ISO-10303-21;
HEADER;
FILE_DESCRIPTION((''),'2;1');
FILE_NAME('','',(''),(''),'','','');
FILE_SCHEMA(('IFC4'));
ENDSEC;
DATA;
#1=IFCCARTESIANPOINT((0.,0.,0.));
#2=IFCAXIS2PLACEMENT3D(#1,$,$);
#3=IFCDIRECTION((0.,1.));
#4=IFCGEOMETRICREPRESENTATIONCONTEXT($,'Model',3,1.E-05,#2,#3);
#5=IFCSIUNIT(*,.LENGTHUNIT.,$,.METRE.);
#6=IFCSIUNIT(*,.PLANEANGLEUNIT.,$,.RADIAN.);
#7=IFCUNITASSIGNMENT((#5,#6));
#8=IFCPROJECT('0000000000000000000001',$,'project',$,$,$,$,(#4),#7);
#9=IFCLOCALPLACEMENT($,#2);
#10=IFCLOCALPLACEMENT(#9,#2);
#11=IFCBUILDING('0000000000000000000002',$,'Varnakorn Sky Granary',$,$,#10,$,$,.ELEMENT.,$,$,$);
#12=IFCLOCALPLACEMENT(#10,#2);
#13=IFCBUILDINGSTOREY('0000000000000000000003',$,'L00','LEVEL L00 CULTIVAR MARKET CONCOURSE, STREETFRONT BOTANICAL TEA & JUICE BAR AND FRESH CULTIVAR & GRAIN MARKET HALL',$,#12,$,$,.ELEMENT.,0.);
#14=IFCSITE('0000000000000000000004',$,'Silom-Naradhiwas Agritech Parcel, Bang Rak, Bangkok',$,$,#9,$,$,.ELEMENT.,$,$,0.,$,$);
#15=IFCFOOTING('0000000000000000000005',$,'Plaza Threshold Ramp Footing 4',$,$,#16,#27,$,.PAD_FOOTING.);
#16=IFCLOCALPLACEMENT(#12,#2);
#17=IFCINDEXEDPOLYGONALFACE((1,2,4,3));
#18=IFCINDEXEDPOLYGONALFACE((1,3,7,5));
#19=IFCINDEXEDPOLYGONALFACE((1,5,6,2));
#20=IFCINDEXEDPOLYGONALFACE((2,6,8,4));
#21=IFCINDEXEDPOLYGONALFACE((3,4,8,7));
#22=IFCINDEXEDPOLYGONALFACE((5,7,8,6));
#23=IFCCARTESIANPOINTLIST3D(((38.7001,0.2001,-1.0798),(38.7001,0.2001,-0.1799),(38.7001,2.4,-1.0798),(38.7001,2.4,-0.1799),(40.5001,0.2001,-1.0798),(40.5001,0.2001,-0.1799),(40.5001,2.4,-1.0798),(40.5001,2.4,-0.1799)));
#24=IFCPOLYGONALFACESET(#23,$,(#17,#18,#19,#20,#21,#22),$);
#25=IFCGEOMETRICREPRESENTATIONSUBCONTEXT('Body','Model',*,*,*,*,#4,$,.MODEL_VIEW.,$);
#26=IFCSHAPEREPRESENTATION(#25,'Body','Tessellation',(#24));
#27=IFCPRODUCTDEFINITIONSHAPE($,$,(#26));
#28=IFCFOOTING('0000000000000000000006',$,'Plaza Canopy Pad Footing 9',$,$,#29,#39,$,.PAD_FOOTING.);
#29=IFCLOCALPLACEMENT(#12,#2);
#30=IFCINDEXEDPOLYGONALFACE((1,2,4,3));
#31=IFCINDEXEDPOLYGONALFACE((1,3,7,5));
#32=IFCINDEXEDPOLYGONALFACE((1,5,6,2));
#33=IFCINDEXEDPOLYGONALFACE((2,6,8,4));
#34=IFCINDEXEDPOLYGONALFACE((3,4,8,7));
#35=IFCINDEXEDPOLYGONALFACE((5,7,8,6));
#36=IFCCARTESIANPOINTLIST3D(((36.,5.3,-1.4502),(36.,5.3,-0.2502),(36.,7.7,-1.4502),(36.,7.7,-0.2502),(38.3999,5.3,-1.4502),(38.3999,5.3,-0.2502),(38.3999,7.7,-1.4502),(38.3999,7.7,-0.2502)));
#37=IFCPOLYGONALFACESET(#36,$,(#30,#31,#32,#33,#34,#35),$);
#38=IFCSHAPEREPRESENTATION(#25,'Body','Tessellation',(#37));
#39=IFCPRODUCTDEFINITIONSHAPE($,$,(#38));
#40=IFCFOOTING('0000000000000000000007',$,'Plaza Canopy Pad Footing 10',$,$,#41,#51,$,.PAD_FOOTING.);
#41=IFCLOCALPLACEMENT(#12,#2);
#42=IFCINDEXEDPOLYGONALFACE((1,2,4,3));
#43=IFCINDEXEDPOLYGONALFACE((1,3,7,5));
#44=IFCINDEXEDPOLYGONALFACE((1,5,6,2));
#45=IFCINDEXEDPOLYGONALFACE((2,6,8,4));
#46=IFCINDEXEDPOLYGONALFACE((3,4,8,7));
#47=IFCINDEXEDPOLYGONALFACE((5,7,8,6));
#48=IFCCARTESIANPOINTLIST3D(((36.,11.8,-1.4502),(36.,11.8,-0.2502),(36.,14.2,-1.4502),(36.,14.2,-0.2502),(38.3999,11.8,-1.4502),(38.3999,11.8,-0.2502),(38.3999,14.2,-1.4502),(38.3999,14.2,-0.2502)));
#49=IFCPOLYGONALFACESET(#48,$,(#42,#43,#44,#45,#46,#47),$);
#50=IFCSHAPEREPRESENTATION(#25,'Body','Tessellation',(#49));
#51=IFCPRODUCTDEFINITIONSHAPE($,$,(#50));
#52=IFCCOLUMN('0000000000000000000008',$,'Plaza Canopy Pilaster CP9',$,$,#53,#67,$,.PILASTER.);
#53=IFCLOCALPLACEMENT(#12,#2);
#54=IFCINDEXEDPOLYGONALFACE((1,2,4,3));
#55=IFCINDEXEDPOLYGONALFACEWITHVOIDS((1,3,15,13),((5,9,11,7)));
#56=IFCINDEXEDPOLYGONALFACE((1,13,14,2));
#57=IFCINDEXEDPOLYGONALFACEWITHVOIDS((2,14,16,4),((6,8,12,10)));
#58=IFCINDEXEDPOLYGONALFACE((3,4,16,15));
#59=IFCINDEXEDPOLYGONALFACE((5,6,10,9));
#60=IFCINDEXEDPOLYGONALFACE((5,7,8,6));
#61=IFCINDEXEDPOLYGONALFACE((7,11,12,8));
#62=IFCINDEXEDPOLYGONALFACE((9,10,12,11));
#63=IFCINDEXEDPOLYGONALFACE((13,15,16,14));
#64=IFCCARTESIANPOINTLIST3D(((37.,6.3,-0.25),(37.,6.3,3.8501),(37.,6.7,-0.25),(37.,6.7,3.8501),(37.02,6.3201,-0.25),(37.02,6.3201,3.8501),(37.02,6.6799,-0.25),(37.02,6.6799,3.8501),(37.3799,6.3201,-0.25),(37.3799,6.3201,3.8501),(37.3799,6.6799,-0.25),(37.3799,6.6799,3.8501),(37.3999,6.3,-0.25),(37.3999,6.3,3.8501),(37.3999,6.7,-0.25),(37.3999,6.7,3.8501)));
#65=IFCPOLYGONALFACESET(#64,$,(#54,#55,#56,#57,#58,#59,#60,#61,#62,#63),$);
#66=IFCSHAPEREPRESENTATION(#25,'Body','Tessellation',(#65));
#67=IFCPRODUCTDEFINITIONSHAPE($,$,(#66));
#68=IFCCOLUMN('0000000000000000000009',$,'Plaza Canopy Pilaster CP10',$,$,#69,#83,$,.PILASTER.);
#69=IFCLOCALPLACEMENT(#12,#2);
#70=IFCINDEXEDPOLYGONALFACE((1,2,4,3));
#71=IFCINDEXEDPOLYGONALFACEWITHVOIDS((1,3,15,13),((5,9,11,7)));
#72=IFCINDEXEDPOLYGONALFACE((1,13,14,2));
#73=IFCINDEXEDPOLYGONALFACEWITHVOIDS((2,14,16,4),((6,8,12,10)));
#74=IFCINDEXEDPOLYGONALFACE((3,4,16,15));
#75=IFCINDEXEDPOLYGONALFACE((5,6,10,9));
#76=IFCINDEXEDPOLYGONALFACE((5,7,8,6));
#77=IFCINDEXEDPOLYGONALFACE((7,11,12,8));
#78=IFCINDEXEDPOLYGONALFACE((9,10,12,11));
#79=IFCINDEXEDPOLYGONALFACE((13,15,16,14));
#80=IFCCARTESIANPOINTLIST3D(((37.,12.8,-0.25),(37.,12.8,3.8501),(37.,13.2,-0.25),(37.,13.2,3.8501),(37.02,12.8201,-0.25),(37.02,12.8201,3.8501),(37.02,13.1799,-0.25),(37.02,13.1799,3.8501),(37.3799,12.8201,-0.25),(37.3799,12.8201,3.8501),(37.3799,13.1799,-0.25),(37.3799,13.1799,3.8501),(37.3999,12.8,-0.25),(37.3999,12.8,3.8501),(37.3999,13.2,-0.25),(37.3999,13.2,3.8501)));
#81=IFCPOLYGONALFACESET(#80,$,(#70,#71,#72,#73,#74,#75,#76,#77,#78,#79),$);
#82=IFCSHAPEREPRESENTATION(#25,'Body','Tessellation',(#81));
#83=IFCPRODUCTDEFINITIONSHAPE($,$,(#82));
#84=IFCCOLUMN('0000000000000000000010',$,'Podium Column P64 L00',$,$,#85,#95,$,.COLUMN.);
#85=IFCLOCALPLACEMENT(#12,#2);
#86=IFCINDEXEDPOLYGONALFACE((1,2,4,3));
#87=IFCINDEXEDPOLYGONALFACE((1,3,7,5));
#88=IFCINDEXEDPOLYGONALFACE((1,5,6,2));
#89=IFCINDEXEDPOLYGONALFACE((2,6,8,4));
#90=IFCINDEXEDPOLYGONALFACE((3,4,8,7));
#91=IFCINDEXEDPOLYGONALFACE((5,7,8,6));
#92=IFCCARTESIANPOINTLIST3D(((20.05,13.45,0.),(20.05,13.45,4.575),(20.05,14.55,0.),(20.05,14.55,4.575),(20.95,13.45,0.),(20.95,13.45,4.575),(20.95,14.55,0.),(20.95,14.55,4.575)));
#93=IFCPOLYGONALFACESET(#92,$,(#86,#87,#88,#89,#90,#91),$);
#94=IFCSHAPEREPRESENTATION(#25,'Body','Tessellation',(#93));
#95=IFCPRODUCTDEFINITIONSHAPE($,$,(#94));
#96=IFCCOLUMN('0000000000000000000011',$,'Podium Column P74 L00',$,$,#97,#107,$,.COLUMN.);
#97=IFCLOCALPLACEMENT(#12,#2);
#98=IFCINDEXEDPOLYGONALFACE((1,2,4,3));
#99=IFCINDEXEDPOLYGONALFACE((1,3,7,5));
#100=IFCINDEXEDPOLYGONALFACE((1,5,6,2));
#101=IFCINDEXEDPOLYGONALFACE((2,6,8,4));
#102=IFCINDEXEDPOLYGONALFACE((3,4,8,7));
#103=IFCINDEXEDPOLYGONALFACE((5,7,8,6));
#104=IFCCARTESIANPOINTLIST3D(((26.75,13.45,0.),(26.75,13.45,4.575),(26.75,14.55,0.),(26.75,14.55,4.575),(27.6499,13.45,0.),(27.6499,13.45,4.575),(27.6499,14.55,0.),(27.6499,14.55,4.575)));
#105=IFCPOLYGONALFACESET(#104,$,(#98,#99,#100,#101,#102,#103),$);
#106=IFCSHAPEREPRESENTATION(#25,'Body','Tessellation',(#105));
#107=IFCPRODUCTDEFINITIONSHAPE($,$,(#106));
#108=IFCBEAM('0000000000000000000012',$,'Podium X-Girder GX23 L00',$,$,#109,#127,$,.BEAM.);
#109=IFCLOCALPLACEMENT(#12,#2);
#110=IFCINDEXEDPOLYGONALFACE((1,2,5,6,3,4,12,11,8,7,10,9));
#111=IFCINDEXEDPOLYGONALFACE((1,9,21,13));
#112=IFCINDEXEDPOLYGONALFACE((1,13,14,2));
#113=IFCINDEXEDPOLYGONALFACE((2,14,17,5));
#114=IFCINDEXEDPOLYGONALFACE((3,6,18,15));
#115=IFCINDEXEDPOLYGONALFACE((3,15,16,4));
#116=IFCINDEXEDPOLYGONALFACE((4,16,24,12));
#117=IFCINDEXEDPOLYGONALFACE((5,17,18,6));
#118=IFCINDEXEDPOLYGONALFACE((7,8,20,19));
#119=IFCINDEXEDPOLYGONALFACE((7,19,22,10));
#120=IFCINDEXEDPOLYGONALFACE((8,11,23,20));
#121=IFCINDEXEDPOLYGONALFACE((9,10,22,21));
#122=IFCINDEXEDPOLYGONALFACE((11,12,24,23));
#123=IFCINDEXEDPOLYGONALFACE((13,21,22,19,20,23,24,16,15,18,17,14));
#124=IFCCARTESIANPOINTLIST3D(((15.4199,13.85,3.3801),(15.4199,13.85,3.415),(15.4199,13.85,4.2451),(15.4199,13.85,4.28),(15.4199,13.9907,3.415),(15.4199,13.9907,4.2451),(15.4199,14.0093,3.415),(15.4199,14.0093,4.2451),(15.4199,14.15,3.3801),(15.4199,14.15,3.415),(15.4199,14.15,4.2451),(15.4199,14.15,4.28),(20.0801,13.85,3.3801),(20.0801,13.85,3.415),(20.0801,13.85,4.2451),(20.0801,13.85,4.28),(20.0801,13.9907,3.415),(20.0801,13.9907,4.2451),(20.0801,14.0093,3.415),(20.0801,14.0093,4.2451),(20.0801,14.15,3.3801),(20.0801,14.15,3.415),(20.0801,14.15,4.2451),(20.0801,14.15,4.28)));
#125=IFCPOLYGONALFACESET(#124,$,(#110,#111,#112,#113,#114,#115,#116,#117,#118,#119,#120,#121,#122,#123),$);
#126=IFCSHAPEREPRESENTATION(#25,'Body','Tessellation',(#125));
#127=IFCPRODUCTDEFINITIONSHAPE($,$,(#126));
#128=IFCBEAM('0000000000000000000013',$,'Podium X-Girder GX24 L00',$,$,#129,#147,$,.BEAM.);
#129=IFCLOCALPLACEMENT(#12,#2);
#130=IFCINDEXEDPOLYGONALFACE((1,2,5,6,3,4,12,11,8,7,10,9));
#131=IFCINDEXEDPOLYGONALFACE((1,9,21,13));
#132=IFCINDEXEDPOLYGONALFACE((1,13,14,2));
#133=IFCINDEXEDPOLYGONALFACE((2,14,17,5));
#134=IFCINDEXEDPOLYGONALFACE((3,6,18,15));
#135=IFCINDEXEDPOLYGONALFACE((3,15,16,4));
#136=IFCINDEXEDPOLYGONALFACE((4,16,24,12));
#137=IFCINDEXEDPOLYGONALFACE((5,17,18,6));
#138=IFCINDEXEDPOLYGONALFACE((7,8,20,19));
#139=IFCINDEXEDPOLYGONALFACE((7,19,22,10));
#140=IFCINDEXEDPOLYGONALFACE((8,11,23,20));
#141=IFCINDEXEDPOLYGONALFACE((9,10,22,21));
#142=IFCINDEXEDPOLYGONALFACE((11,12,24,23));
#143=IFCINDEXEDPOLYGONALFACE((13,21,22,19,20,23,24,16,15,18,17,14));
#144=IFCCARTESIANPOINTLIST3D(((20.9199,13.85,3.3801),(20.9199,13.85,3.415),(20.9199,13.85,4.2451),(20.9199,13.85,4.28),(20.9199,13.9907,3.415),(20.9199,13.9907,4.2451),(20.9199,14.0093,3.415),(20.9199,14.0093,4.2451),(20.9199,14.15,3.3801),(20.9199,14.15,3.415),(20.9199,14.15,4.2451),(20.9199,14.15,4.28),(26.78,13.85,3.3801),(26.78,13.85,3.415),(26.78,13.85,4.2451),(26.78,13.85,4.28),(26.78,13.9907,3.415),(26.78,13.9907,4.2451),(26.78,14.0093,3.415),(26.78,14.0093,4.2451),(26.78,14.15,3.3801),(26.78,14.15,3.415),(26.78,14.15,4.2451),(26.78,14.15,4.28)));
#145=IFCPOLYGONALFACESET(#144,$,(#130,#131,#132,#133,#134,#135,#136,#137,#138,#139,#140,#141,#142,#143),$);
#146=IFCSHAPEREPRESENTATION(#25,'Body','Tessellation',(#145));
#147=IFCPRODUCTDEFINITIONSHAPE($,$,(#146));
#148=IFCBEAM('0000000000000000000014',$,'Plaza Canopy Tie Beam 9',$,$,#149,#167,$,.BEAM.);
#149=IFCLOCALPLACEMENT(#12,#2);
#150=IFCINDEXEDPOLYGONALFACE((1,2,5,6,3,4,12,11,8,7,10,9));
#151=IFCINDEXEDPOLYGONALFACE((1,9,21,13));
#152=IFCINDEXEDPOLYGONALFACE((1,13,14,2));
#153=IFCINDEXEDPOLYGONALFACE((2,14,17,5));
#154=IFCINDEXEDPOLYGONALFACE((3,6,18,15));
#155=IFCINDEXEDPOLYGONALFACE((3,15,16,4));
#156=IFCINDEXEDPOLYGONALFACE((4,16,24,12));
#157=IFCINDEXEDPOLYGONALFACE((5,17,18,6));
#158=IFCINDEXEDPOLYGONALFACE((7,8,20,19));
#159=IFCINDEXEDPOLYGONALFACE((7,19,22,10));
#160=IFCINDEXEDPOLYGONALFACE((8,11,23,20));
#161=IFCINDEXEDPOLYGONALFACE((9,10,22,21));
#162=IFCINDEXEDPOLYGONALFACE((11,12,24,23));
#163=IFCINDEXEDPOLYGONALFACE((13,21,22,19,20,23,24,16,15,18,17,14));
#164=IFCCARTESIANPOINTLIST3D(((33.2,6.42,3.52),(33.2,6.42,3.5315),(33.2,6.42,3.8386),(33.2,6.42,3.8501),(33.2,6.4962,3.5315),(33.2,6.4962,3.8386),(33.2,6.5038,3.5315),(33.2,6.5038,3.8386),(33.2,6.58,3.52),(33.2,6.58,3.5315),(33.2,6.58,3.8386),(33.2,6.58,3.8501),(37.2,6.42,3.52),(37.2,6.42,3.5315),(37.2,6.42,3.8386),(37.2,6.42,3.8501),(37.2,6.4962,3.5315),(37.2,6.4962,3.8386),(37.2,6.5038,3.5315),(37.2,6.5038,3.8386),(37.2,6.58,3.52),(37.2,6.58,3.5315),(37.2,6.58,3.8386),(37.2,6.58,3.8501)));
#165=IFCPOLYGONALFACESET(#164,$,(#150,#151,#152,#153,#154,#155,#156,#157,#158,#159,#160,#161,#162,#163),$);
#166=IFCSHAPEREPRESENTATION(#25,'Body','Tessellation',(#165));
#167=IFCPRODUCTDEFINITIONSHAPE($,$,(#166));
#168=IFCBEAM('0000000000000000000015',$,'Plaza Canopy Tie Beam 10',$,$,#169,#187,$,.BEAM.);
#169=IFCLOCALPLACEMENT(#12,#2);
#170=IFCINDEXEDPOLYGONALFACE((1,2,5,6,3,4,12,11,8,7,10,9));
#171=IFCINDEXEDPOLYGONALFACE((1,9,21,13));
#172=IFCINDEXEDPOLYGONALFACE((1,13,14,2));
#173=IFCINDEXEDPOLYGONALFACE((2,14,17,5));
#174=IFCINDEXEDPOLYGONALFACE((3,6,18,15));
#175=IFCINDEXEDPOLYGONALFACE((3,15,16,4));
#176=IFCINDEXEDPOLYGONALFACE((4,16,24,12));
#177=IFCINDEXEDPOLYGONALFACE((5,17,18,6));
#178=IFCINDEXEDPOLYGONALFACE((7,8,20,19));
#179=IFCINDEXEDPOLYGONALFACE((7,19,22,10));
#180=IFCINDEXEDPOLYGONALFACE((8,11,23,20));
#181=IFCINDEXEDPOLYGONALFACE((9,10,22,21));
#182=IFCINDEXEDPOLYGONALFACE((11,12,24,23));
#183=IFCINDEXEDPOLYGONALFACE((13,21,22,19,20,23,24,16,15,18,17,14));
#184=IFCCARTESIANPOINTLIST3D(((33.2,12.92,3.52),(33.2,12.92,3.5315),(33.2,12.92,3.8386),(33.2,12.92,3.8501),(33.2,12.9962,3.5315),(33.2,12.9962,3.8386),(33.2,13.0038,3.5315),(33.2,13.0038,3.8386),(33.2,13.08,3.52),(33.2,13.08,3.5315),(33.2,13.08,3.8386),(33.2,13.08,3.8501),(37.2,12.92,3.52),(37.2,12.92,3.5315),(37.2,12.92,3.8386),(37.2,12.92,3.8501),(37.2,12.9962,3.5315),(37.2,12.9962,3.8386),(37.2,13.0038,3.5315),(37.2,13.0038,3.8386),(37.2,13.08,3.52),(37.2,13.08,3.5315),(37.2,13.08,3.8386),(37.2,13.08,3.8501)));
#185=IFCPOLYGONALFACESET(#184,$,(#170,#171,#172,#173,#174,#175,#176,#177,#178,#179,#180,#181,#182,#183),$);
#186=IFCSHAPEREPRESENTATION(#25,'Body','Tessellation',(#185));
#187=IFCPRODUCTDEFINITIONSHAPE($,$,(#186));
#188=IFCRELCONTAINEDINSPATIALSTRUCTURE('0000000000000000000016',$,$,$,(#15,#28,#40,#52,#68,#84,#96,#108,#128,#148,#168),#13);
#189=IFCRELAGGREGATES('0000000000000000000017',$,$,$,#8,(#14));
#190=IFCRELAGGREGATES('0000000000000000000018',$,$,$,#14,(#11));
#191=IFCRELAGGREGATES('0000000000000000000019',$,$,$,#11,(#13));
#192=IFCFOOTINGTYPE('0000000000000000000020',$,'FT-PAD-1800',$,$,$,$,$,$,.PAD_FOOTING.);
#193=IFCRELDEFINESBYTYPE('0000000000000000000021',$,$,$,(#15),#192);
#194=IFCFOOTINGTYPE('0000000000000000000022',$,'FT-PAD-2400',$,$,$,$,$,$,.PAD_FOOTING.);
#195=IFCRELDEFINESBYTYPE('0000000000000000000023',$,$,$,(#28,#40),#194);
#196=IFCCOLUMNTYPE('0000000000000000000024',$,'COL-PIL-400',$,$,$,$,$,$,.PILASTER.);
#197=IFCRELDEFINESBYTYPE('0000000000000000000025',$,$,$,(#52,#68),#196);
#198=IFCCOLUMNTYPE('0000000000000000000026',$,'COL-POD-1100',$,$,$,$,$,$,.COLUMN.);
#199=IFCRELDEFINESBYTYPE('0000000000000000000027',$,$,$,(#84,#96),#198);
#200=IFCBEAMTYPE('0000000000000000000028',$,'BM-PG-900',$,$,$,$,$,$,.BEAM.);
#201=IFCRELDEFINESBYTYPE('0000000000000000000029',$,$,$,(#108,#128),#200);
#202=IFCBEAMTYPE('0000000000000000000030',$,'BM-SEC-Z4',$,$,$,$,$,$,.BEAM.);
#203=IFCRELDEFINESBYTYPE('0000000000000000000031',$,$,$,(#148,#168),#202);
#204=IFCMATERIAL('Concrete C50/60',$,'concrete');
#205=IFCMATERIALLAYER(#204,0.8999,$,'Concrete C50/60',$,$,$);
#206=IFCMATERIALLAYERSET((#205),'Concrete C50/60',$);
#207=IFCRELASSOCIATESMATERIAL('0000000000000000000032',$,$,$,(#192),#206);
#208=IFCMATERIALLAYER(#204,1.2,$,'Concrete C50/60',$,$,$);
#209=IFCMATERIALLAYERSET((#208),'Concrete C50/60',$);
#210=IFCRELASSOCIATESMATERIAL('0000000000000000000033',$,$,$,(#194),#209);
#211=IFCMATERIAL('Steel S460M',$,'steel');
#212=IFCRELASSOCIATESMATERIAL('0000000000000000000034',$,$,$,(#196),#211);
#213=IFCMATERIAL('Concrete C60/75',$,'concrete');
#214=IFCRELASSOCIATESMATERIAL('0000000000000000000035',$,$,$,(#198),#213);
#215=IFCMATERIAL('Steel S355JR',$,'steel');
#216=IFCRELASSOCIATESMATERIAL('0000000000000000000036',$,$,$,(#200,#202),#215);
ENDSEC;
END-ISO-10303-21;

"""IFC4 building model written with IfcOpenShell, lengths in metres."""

from ifc_helpers import new_model, si_unit, direction, frame, origin, origin_2d, place, context, subcontext, project, spatial, rectangle, hollow_rectangle, i_section, extrude, material, layer, layer_set, material_profile, profile_set, type_object, element, save


model = new_model("IFC4")

# Units and contexts
model_context = context("Model", 3, precision=1e-05, world=origin(), true_north=direction((0.0, 1.0)))
body_context = subcontext(model_context, "Body", "Model", "MODEL_VIEW")
ifc_project = project(units=[si_unit("LENGTHUNIT", "METRE"), si_unit("PLANEANGLEUNIT", "RADIAN")], contexts=[model_context])

# Site, building, storey
site_placement = place(None, origin())
site = spatial("IfcSite", under=ifc_project, at=site_placement, Name="Silom-Naradhiwas Agritech Parcel, Bang Rak, Bangkok", CompositionType="ELEMENT", RefElevation=0.0)
building_placement = place(site_placement, origin())
building = spatial("IfcBuilding", under=site, at=building_placement, Name="Varnakorn Sky Granary", CompositionType="ELEMENT")
storey_placement = place(building_placement, origin())
storey = spatial("IfcBuildingStorey", under=building, at=storey_placement, Name="L00", Description="LEVEL L00 CULTIVAR MARKET CONCOURSE, STREETFRONT BOTANICAL TEA & JUICE BAR AND FRESH CULTIVAR & GRAIN MARKET HALL", CompositionType="ELEMENT", Elevation=0.0)

# Footings
ifc_material_1 = material(Name="Concrete C50/60", Category="concrete")
ifc_layer_1 = layer(ifc_material_1, 0.8999, Name="Concrete C50/60")
ifc_layer_set_1 = layer_set([ifc_layer_1], Name="Concrete C50/60")
footing_type_1 = type_object("IfcFootingType", Name="FT-PAD-1800", PredefinedType="PAD_FOOTING", material=ifc_layer_set_1)
footing_placement = place(storey_placement, frame((39.6001, 1.3, -1.0798), z_axis=(0.0, 0.0, 1.0), x_axis=(1.0, 0.0, 0.0)))
element("IfcFooting", 1, at=footing_placement, inside=storey, type_object=footing_type_1, Name="Plaza Threshold Ramp Footing 4", PredefinedType="PAD_FOOTING", context=body_context, shape_type="SweptSolid", body=[
    extrude(rectangle(XDim=1.8, YDim=2.2, at=origin_2d()), origin(), (0.0, 0.0, 1.0), 0.8999),
])
ifc_layer_2 = layer(ifc_material_1, 1.2, Name="Concrete C50/60")
ifc_layer_set_2 = layer_set([ifc_layer_2], Name="Concrete C50/60")
footing_type_2 = type_object("IfcFootingType", Name="FT-PAD-2400", PredefinedType="PAD_FOOTING", material=ifc_layer_set_2)
for number, where, z_axis, x_axis, name in (
    (2, (37.2, 6.5, -1.4502), (0.0, 0.0, 1.0), (1.0, 0.0, 0.0), "Plaza Canopy Pad Footing 9"),
    (3, (37.2, 13.0, -1.4502), (0.0, 0.0, 1.0), (1.0, 0.0, 0.0), "Plaza Canopy Pad Footing 10"),
):
    element("IfcFooting", number, at=place(storey_placement, frame(where, z_axis=z_axis, x_axis=x_axis)), inside=storey, type_object=footing_type_2, Name=name, PredefinedType="PAD_FOOTING", context=body_context, shape_type="SweptSolid", body=[
        extrude(rectangle(XDim=2.3999, YDim=2.3999, at=origin_2d()), origin(), (0.0, 0.0, 1.0), 1.2),
    ])

# Columns
ifc_material_2 = material(Name="Steel S460M", Category="steel")
ifc_material_profile_1 = material_profile(ifc_material_2, hollow_rectangle(XDim=0.3999, YDim=0.3999, WallThickness=0.02, at=origin_2d()), Name="SHS 400x400x20")
ifc_profile_set_1 = profile_set([ifc_material_profile_1], Name="Steel S460M")
column_type_1 = type_object("IfcColumnType", Name="COL-PIL-400", PredefinedType="PILASTER", material=ifc_profile_set_1)
for number, where, z_axis, x_axis, name in (
    (4, (37.2, 6.5, -0.25), (0.0, 0.0, 1.0), (1.0, 0.0, 0.0), "Plaza Canopy Pilaster CP9"),
    (5, (37.2, 13.0, -0.25), (0.0, 0.0, 1.0), (1.0, 0.0, 0.0), "Plaza Canopy Pilaster CP10"),
):
    element("IfcColumn", number, at=place(storey_placement, frame(where, z_axis=z_axis, x_axis=x_axis)), inside=storey, type_object=column_type_1, Name=name, PredefinedType="PILASTER", context=body_context, shape_type="SweptSolid", body=[
        extrude(hollow_rectangle(XDim=0.3999, YDim=0.3999, WallThickness=0.02, at=origin_2d()), origin(), (0.0, 0.0, 1.0), 4.1001),
    ])
ifc_material_3 = material(Name="Concrete C60/75", Category="concrete")
ifc_material_profile_2 = material_profile(ifc_material_3, rectangle(XDim=0.8999, YDim=1.1001, at=origin_2d()), Name="RC 900x1100")
ifc_profile_set_2 = profile_set([ifc_material_profile_2], Name="Concrete C60/75")
column_type_2 = type_object("IfcColumnType", Name="COL-POD-1100", PredefinedType="COLUMN", material=ifc_profile_set_2)
for number, where, z_axis, x_axis, name in (
    (6, (20.5, 14.0, 0.0), (0.0, 0.0, 1.0), (1.0, 0.0, 0.0), "Podium Column P64 L00"),
    (7, (27.2, 14.0, 0.0), (0.0, 0.0, 1.0), (1.0, 0.0, 0.0), "Podium Column P74 L00"),
):
    element("IfcColumn", number, at=place(storey_placement, frame(where, z_axis=z_axis, x_axis=x_axis)), inside=storey, type_object=column_type_2, Name=name, PredefinedType="COLUMN", context=body_context, shape_type="SweptSolid", body=[
        extrude(rectangle(XDim=0.8999, YDim=1.1001, at=origin_2d()), origin(), (0.0, 0.0, 1.0), 4.575),
    ])

# Beams
ifc_material_4 = material(Name="Steel S355JR", Category="steel")
ifc_material_profile_3 = material_profile(ifc_material_4, i_section(OverallWidth=0.3, OverallDepth=0.8999, WebThickness=0.0186, FlangeThickness=0.0349, at=origin_2d()), Name="HE 900 B")
ifc_profile_set_3 = profile_set([ifc_material_profile_3], Name="Steel S355JR")
beam_type_1 = type_object("IfcBeamType", Name="BM-PG-900", PredefinedType="BEAM", material=ifc_profile_set_3)
beam_1_placement = place(storey_placement, frame((15.4199, 14.0, 3.8301), z_axis=(1.0, 0.0, 0.0), x_axis=(0.0, 1.0, 0.0)))
element("IfcBeam", 8, at=beam_1_placement, inside=storey, type_object=beam_type_1, Name="Podium X-Girder GX23 L00", PredefinedType="BEAM", context=body_context, shape_type="SweptSolid", body=[
    extrude(i_section(OverallWidth=0.3, OverallDepth=0.8999, WebThickness=0.0186, FlangeThickness=0.0349, at=origin_2d()), origin(), (0.0, 0.0, 1.0), 4.6602),
])
beam_2_placement = place(storey_placement, frame((20.9199, 14.0, 3.8301), z_axis=(1.0, 0.0, 0.0), x_axis=(0.0, 1.0, 0.0)))
element("IfcBeam", 9, at=beam_2_placement, inside=storey, type_object=beam_type_1, Name="Podium X-Girder GX24 L00", PredefinedType="BEAM", context=body_context, shape_type="SweptSolid", body=[
    extrude(i_section(OverallWidth=0.3, OverallDepth=0.8999, WebThickness=0.0186, FlangeThickness=0.0349, at=origin_2d()), origin(), (0.0, 0.0, 1.0), 5.8601),
])
ifc_material_profile_4 = material_profile(ifc_material_4, i_section(OverallWidth=0.1599, OverallDepth=0.3301, WebThickness=0.0076, FlangeThickness=0.0115, at=origin_2d()), Name="IPE 330")
ifc_profile_set_4 = profile_set([ifc_material_profile_4], Name="Steel S355JR")
beam_type_2 = type_object("IfcBeamType", Name="BM-SEC-Z4", PredefinedType="BEAM", material=ifc_profile_set_4)
for number, where, z_axis, x_axis, name in (
    (10, (37.2, 6.5, 3.6851), (-1.0, 0.0, 0.0), (0.0, -1.0, 0.0), "Plaza Canopy Tie Beam 9"),
    (11, (37.2, 13.0, 3.6851), (-1.0, 0.0, 0.0), (0.0, -1.0, 0.0), "Plaza Canopy Tie Beam 10"),
):
    element("IfcBeam", number, at=place(storey_placement, frame(where, z_axis=z_axis, x_axis=x_axis)), inside=storey, type_object=beam_type_2, Name=name, PredefinedType="BEAM", context=body_context, shape_type="SweptSolid", body=[
        extrude(i_section(OverallWidth=0.1599, OverallDepth=0.3301, WebThickness=0.0076, FlangeThickness=0.0115, at=origin_2d()), origin(), (0.0, 0.0, 1.0), 4.0),
    ])

save(model, "model.ifc")
